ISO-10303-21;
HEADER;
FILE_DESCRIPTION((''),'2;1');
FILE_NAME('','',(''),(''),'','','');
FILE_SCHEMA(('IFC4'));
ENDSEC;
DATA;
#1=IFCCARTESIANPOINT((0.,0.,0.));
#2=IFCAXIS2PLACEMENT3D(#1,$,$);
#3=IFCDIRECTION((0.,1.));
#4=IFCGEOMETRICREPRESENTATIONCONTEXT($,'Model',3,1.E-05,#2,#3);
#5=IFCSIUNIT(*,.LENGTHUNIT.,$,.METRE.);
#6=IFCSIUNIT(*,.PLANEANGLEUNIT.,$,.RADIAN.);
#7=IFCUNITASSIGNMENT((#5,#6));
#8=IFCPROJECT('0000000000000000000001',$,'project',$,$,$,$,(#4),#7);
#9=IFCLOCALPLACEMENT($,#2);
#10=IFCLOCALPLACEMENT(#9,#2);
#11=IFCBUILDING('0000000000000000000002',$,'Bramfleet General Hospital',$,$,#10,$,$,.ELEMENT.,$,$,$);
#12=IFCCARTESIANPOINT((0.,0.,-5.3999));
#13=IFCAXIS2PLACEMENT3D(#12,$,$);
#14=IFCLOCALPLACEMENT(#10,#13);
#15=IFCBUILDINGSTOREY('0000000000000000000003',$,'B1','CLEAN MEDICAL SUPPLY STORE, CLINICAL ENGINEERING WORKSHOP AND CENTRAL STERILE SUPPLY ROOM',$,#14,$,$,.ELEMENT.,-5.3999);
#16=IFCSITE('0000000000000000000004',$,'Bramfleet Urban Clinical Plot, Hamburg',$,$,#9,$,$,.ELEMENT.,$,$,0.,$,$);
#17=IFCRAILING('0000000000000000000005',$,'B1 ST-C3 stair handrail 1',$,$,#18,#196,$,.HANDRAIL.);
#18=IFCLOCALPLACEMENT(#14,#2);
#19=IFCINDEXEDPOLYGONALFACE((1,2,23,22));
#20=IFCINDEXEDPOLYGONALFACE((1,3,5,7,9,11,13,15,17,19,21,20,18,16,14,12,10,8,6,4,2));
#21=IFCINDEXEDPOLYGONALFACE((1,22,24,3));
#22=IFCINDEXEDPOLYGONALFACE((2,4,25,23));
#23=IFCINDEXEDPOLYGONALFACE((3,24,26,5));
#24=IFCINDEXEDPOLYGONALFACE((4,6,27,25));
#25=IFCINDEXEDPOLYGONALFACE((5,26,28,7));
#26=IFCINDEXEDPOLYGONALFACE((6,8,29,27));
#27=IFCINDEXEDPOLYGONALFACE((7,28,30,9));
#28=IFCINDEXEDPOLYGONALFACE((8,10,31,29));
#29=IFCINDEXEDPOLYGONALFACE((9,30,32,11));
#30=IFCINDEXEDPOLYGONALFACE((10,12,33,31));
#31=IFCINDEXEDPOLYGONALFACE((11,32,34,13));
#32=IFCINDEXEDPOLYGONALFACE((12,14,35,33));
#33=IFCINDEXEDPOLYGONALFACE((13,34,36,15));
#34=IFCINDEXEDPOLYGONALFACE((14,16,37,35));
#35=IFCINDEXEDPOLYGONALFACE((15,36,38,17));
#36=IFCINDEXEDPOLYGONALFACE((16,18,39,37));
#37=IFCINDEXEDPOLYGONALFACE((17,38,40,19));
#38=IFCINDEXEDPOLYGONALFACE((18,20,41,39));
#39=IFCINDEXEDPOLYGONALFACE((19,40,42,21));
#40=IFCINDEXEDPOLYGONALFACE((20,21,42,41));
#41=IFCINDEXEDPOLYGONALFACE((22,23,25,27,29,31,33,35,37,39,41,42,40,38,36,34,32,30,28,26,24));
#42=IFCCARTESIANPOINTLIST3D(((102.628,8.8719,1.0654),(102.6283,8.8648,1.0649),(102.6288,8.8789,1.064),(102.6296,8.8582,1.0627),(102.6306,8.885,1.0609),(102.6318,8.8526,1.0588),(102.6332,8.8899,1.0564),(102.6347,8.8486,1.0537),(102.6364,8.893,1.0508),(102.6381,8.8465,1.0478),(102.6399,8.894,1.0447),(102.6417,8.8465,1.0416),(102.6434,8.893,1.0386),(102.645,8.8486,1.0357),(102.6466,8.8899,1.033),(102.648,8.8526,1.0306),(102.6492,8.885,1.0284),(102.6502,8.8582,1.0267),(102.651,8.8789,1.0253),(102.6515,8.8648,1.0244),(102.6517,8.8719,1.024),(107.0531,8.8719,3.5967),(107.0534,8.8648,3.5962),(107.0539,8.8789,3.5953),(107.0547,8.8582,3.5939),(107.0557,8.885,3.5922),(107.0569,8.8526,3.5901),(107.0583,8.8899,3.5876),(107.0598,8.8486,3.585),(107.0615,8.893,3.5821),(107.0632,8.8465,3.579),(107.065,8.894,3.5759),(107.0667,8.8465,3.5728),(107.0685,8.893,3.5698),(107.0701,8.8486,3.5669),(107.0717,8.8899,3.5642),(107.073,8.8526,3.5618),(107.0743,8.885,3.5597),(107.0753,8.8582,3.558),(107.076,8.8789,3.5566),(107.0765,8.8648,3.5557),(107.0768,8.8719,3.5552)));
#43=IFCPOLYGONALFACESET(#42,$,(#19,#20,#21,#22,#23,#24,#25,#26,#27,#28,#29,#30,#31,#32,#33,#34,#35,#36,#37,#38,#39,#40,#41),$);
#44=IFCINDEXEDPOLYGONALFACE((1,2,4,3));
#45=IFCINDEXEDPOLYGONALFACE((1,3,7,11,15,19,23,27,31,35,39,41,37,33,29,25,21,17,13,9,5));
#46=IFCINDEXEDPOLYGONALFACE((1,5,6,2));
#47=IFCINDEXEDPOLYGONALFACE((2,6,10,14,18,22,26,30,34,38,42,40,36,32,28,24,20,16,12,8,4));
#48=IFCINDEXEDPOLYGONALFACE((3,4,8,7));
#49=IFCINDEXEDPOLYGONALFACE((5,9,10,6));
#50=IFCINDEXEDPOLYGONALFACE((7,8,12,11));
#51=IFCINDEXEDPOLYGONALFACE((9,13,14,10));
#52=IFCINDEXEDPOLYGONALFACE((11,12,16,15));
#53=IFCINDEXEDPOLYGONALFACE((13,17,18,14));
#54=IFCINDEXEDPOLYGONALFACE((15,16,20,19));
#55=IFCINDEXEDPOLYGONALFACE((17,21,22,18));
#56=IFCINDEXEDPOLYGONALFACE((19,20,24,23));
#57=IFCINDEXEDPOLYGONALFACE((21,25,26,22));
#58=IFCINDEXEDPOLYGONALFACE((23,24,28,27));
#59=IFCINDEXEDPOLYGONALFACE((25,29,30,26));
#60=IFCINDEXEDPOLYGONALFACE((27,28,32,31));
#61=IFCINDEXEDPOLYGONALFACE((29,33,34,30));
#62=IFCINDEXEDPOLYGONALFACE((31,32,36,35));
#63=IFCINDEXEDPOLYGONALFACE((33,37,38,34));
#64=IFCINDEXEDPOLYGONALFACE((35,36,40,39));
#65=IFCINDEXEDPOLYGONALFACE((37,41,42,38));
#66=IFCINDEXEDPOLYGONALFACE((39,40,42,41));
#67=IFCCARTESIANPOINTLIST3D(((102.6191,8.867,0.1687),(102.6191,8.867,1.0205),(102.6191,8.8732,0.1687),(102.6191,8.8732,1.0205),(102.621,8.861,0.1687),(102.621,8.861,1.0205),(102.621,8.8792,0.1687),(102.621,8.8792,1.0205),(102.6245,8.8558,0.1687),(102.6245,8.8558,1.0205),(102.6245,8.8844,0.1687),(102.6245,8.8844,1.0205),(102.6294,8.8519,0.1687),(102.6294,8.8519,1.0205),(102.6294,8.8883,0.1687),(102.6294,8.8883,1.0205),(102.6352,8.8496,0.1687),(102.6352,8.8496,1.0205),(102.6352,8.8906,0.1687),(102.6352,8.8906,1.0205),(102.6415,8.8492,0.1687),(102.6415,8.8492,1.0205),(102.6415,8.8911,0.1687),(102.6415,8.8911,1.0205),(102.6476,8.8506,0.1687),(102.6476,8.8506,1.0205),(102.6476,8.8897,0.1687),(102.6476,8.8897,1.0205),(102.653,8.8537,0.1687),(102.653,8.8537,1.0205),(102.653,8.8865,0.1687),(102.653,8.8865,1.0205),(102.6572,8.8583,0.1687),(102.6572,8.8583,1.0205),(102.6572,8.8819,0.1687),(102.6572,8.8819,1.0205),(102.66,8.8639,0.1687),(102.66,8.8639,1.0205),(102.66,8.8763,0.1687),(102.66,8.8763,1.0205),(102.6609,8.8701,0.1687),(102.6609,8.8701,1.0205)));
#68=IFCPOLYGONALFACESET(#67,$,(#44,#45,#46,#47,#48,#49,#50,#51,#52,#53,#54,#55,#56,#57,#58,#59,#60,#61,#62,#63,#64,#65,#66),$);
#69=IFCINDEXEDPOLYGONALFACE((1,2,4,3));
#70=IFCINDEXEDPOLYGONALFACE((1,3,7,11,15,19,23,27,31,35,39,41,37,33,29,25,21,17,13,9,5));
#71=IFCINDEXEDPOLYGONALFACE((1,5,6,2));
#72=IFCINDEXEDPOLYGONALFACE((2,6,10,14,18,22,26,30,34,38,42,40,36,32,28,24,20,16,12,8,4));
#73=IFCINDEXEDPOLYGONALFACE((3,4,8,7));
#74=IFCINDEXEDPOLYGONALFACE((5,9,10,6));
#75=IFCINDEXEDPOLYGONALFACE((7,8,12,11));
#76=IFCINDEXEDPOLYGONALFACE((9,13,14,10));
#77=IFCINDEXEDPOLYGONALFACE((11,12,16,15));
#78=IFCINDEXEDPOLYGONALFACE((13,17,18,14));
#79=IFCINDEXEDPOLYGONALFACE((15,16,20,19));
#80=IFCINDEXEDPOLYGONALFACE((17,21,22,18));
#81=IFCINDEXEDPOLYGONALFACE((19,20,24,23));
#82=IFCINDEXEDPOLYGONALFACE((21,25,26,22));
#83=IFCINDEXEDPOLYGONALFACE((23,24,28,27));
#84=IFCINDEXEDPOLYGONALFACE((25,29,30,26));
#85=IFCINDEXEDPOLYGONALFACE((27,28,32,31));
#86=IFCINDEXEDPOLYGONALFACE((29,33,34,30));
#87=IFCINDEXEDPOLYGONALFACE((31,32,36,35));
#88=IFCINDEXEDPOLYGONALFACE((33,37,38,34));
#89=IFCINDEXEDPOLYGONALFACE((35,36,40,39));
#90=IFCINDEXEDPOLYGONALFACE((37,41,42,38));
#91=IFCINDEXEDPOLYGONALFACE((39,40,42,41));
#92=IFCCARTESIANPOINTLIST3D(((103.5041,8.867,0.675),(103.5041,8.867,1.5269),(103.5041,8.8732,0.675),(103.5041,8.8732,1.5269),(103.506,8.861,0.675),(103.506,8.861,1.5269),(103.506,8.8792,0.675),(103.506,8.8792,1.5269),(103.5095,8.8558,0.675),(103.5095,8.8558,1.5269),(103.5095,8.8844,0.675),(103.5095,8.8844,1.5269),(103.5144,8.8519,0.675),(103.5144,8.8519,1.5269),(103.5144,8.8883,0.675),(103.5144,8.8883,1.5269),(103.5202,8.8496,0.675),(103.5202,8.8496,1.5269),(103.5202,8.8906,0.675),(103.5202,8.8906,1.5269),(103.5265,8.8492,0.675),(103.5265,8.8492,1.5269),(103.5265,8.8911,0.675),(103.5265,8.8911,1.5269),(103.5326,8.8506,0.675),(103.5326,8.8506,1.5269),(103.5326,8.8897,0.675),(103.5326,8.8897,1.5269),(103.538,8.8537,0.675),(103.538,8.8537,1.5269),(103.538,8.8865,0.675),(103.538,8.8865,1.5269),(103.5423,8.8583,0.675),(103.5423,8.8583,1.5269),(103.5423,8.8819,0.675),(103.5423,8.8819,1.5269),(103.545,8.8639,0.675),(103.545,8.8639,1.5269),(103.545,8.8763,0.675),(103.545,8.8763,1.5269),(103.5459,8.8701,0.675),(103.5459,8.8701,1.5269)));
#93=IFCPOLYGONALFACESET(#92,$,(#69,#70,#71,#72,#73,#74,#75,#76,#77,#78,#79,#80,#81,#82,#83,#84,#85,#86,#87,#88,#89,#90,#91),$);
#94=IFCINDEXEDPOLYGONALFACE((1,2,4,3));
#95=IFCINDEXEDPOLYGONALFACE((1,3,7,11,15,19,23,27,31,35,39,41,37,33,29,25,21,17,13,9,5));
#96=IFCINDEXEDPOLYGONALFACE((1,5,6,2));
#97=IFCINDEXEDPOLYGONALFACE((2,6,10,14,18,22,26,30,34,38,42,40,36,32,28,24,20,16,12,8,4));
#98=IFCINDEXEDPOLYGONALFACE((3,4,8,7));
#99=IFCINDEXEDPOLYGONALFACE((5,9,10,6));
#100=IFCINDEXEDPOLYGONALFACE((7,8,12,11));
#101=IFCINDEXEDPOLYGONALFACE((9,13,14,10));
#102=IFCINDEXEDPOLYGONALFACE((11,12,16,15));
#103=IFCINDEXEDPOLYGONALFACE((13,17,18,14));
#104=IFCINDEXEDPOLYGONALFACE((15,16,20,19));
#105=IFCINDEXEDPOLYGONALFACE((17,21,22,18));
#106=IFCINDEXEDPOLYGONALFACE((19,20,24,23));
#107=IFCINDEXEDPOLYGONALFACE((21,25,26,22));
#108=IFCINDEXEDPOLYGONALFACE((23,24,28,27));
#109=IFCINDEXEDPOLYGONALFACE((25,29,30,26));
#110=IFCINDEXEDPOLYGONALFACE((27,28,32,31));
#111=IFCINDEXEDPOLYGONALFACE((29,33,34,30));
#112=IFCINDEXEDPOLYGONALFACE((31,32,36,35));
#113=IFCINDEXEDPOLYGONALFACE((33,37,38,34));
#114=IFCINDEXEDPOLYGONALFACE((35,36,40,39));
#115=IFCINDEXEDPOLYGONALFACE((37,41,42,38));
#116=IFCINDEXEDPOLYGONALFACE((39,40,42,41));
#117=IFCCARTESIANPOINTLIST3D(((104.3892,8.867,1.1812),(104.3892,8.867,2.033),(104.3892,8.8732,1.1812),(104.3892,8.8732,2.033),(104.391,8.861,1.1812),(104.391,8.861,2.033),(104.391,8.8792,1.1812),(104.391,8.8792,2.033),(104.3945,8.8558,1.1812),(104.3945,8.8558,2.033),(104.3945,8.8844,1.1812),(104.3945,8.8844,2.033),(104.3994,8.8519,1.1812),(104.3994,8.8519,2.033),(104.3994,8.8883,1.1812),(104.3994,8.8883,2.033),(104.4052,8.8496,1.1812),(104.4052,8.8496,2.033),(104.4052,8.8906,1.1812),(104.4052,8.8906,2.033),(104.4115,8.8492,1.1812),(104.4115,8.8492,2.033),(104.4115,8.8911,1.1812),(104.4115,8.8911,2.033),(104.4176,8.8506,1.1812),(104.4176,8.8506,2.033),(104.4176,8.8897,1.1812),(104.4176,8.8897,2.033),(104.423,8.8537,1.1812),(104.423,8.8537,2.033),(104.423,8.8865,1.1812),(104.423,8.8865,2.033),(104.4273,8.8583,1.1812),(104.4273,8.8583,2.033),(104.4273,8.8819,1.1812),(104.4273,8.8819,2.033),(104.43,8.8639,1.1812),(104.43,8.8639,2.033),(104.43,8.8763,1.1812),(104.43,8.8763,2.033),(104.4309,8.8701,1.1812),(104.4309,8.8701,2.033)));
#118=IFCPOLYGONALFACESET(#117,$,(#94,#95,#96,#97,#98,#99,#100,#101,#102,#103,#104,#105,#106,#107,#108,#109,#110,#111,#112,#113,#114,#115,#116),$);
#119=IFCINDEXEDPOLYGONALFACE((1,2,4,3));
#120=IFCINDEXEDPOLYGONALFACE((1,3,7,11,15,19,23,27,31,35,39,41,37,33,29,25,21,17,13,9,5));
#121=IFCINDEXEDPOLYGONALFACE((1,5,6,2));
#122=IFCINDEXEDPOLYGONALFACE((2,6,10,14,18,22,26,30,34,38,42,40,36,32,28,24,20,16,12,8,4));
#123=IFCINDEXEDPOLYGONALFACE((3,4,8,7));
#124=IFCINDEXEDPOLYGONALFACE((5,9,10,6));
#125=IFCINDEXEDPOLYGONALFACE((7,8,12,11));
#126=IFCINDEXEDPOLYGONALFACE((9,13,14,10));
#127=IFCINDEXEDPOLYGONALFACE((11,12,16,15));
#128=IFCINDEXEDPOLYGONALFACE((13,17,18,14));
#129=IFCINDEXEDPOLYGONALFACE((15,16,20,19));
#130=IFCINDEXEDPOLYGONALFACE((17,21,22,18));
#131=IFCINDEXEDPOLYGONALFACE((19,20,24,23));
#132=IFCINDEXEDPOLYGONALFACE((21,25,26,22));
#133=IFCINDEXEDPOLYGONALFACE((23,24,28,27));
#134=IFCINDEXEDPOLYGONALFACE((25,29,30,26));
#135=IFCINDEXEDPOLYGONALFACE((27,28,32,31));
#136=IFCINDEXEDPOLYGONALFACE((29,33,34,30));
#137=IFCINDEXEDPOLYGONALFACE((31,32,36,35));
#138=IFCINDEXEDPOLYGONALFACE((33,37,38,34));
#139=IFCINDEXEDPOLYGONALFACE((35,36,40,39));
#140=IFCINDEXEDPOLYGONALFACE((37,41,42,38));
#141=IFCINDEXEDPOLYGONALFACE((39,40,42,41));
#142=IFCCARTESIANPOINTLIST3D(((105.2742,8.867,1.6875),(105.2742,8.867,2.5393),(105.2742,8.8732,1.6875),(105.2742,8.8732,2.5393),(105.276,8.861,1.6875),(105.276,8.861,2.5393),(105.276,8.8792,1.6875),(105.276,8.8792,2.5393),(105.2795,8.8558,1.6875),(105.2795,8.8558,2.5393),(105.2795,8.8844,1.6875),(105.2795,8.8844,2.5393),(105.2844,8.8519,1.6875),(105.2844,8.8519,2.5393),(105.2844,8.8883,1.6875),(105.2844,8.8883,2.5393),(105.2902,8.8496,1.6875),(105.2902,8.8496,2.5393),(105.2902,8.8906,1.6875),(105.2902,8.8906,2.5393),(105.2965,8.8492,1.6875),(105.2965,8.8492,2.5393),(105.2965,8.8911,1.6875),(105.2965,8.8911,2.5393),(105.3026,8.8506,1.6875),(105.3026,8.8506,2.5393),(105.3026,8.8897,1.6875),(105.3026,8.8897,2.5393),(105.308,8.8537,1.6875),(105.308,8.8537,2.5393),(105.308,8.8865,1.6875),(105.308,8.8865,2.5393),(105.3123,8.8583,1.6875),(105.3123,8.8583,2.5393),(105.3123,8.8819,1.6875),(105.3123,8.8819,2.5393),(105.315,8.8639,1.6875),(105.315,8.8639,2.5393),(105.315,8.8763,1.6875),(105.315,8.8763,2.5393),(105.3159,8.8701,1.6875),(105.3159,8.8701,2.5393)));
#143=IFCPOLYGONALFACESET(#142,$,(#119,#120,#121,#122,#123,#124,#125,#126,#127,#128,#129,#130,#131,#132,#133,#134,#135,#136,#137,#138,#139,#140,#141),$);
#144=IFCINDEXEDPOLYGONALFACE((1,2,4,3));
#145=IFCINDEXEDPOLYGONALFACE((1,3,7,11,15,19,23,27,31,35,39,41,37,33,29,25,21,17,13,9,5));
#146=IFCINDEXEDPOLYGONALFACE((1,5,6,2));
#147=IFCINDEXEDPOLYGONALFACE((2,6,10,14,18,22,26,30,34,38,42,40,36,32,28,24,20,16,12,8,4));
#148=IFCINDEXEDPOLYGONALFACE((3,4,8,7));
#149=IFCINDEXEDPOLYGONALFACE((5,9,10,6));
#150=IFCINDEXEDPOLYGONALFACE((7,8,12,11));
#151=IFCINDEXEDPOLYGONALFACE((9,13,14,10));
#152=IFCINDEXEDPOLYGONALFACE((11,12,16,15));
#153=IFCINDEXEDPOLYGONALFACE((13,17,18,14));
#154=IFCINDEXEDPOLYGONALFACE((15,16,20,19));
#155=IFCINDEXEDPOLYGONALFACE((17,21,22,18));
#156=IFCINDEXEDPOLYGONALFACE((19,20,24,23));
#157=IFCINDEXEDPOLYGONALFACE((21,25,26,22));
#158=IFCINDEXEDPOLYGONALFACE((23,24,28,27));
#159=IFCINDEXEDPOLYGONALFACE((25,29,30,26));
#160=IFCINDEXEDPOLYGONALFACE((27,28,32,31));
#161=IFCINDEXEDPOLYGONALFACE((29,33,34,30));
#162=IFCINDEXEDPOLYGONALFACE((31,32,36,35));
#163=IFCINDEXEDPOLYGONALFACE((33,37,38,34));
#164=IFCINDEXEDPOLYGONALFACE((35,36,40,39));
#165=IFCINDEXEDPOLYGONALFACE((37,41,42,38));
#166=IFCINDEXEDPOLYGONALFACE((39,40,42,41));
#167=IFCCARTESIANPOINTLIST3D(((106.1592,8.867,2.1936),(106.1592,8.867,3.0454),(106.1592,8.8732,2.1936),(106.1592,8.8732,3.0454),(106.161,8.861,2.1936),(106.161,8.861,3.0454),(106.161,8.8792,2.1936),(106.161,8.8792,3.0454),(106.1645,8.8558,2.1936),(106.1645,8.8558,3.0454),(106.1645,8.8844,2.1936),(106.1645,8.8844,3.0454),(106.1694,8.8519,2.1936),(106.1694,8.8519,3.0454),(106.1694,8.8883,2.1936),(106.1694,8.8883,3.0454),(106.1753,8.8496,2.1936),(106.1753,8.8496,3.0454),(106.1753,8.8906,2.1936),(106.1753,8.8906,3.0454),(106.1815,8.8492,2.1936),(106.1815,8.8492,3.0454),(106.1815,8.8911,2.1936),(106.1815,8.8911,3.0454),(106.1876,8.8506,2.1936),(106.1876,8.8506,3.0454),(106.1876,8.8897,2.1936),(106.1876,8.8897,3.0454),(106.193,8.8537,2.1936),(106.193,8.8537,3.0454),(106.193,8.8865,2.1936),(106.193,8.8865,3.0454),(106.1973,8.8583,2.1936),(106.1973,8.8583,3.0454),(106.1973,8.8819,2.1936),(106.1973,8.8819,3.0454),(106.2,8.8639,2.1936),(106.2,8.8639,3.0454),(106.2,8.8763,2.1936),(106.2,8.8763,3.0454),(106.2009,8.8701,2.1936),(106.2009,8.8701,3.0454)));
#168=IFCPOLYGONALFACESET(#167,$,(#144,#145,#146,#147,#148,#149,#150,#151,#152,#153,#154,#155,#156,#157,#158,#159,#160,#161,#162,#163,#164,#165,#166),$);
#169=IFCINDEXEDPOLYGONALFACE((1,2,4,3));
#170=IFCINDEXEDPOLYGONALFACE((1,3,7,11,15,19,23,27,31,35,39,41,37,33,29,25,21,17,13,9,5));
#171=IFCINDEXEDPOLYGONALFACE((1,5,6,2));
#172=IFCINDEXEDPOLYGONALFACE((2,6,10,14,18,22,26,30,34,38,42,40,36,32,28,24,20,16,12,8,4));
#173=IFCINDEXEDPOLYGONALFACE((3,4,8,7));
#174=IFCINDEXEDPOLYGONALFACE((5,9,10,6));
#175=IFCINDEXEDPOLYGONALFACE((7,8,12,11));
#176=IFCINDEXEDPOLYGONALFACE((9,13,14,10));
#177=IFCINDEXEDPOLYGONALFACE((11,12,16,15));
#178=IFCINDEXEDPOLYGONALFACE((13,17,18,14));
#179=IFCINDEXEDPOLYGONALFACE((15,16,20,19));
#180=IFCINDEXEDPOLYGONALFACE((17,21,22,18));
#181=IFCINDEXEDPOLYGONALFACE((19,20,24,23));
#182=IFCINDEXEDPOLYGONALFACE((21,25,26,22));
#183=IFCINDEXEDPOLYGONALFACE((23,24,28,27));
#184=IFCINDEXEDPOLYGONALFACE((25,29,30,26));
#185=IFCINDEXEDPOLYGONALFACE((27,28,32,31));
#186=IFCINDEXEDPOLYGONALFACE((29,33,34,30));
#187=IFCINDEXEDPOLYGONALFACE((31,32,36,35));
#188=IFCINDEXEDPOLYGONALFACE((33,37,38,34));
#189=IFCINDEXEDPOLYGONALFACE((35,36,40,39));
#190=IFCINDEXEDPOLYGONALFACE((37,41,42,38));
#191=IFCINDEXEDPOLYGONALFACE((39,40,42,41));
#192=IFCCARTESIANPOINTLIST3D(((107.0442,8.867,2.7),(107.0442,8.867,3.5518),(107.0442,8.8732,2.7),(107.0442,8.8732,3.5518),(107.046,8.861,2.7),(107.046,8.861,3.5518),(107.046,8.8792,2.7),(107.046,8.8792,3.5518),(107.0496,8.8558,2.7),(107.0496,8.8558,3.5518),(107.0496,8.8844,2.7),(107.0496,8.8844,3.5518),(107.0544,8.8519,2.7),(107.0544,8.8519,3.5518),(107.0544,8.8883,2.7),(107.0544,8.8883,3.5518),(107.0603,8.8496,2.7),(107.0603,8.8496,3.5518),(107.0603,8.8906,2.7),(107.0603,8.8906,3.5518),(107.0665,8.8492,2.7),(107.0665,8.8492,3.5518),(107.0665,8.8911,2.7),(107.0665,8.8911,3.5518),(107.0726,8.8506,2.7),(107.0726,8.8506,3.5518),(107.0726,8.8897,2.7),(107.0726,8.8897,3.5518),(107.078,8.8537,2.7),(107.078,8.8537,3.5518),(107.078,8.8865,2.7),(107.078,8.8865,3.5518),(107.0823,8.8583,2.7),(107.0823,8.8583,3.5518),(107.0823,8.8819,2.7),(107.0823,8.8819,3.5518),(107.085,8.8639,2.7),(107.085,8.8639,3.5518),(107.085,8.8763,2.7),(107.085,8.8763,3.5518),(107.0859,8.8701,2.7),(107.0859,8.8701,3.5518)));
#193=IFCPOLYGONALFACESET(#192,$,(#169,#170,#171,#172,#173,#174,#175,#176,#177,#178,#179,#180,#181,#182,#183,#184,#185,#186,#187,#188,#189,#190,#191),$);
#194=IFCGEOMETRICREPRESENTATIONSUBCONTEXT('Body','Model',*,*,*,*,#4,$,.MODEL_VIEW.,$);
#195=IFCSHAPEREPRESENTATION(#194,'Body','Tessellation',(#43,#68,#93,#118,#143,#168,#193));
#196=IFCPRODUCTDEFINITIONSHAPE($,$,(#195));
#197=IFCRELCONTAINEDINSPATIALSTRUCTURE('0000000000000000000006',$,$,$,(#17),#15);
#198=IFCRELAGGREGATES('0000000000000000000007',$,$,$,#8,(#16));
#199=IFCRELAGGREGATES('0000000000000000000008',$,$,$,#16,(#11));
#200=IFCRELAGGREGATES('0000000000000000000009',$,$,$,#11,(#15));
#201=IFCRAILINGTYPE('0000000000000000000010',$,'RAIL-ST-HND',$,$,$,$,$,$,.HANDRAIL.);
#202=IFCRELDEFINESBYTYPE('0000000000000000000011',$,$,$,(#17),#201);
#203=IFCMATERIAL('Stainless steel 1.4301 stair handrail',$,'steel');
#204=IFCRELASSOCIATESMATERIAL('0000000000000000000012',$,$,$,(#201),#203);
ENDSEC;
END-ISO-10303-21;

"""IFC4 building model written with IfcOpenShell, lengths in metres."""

from ifc_helpers import new_model, si_unit, direction, frame, origin, origin_2d, place, context, subcontext, project, spatial, circle, extrude, material, type_object, element, save


model = new_model("IFC4")

# Units and contexts
model_context = context("Model", 3, precision=1e-05, world=origin(), true_north=direction((0.0, 1.0)))
body_context = subcontext(model_context, "Body", "Model", "MODEL_VIEW")
ifc_project = project(units=[si_unit("LENGTHUNIT", "METRE"), si_unit("PLANEANGLEUNIT", "RADIAN")], contexts=[model_context])

# Site, building, storey
site_placement = place(None, origin())
site = spatial("IfcSite", under=ifc_project, at=site_placement, Name="Bramfleet Urban Clinical Plot, Hamburg", CompositionType="ELEMENT", RefElevation=0.0)
building_placement = place(site_placement, origin())
building = spatial("IfcBuilding", under=site, at=building_placement, Name="Bramfleet General Hospital", CompositionType="ELEMENT")
storey_placement = place(building_placement, frame((0.0, 0.0, -5.3999)))
storey = spatial("IfcBuildingStorey", under=building, at=storey_placement, Name="B1", Description="CLEAN MEDICAL SUPPLY STORE, CLINICAL ENGINEERING WORKSHOP AND CENTRAL STERILE SUPPLY ROOM", CompositionType="ELEMENT", Elevation=-5.3999)

# Railing
ifc_material_1 = material(Name="Stainless steel 1.4301 stair handrail", Category="steel")
railing_type_1 = type_object("IfcRailingType", Name="RAIL-ST-HND", PredefinedType="HANDRAIL", material=ifc_material_1)
railing_1_placement = place(storey_placement, frame((102.6399, 8.8701, 0.1687)))
element("IfcRailing", 1, at=railing_1_placement, inside=storey, type_object=railing_type_1, Name="B1 ST-C3 stair handrail 1", PredefinedType="HANDRAIL", context=body_context, shape_type="SweptSolid", body=[
    extrude(circle(Radius=0.0239, at=origin_2d()), frame((0.0, 0.0, 0.876), z_axis=(0.868019, 0.0, 0.496531), x_axis=(0.0, 1.0, 0.0)), (0.0, 0.0, 1.0), 5.0979),
    extrude(circle(Radius=0.021, at=origin_2d()), origin(), (0.0, 0.0, 1.0), 0.8518),
    extrude(circle(Radius=0.021, at=origin_2d()), frame((0.885, 0.0, 0.5063)), (0.0, 0.0, 1.0), 0.8518),
    extrude(circle(Radius=0.021, at=origin_2d()), frame((1.77, 0.0, 1.0125)), (0.0, 0.0, 1.0), 0.8518),
    extrude(circle(Radius=0.021, at=origin_2d()), frame((2.655, 0.0, 1.5188)), (0.0, 0.0, 1.0), 0.8518),
    extrude(circle(Radius=0.021, at=origin_2d()), frame((3.54, 0.0, 2.0249)), (0.0, 0.0, 1.0), 0.8518),
    extrude(circle(Radius=0.021, at=origin_2d()), frame((4.425, 0.0, 2.5312)), (0.0, 0.0, 1.0), 0.8518),
])

save(model, "model.ifc")
